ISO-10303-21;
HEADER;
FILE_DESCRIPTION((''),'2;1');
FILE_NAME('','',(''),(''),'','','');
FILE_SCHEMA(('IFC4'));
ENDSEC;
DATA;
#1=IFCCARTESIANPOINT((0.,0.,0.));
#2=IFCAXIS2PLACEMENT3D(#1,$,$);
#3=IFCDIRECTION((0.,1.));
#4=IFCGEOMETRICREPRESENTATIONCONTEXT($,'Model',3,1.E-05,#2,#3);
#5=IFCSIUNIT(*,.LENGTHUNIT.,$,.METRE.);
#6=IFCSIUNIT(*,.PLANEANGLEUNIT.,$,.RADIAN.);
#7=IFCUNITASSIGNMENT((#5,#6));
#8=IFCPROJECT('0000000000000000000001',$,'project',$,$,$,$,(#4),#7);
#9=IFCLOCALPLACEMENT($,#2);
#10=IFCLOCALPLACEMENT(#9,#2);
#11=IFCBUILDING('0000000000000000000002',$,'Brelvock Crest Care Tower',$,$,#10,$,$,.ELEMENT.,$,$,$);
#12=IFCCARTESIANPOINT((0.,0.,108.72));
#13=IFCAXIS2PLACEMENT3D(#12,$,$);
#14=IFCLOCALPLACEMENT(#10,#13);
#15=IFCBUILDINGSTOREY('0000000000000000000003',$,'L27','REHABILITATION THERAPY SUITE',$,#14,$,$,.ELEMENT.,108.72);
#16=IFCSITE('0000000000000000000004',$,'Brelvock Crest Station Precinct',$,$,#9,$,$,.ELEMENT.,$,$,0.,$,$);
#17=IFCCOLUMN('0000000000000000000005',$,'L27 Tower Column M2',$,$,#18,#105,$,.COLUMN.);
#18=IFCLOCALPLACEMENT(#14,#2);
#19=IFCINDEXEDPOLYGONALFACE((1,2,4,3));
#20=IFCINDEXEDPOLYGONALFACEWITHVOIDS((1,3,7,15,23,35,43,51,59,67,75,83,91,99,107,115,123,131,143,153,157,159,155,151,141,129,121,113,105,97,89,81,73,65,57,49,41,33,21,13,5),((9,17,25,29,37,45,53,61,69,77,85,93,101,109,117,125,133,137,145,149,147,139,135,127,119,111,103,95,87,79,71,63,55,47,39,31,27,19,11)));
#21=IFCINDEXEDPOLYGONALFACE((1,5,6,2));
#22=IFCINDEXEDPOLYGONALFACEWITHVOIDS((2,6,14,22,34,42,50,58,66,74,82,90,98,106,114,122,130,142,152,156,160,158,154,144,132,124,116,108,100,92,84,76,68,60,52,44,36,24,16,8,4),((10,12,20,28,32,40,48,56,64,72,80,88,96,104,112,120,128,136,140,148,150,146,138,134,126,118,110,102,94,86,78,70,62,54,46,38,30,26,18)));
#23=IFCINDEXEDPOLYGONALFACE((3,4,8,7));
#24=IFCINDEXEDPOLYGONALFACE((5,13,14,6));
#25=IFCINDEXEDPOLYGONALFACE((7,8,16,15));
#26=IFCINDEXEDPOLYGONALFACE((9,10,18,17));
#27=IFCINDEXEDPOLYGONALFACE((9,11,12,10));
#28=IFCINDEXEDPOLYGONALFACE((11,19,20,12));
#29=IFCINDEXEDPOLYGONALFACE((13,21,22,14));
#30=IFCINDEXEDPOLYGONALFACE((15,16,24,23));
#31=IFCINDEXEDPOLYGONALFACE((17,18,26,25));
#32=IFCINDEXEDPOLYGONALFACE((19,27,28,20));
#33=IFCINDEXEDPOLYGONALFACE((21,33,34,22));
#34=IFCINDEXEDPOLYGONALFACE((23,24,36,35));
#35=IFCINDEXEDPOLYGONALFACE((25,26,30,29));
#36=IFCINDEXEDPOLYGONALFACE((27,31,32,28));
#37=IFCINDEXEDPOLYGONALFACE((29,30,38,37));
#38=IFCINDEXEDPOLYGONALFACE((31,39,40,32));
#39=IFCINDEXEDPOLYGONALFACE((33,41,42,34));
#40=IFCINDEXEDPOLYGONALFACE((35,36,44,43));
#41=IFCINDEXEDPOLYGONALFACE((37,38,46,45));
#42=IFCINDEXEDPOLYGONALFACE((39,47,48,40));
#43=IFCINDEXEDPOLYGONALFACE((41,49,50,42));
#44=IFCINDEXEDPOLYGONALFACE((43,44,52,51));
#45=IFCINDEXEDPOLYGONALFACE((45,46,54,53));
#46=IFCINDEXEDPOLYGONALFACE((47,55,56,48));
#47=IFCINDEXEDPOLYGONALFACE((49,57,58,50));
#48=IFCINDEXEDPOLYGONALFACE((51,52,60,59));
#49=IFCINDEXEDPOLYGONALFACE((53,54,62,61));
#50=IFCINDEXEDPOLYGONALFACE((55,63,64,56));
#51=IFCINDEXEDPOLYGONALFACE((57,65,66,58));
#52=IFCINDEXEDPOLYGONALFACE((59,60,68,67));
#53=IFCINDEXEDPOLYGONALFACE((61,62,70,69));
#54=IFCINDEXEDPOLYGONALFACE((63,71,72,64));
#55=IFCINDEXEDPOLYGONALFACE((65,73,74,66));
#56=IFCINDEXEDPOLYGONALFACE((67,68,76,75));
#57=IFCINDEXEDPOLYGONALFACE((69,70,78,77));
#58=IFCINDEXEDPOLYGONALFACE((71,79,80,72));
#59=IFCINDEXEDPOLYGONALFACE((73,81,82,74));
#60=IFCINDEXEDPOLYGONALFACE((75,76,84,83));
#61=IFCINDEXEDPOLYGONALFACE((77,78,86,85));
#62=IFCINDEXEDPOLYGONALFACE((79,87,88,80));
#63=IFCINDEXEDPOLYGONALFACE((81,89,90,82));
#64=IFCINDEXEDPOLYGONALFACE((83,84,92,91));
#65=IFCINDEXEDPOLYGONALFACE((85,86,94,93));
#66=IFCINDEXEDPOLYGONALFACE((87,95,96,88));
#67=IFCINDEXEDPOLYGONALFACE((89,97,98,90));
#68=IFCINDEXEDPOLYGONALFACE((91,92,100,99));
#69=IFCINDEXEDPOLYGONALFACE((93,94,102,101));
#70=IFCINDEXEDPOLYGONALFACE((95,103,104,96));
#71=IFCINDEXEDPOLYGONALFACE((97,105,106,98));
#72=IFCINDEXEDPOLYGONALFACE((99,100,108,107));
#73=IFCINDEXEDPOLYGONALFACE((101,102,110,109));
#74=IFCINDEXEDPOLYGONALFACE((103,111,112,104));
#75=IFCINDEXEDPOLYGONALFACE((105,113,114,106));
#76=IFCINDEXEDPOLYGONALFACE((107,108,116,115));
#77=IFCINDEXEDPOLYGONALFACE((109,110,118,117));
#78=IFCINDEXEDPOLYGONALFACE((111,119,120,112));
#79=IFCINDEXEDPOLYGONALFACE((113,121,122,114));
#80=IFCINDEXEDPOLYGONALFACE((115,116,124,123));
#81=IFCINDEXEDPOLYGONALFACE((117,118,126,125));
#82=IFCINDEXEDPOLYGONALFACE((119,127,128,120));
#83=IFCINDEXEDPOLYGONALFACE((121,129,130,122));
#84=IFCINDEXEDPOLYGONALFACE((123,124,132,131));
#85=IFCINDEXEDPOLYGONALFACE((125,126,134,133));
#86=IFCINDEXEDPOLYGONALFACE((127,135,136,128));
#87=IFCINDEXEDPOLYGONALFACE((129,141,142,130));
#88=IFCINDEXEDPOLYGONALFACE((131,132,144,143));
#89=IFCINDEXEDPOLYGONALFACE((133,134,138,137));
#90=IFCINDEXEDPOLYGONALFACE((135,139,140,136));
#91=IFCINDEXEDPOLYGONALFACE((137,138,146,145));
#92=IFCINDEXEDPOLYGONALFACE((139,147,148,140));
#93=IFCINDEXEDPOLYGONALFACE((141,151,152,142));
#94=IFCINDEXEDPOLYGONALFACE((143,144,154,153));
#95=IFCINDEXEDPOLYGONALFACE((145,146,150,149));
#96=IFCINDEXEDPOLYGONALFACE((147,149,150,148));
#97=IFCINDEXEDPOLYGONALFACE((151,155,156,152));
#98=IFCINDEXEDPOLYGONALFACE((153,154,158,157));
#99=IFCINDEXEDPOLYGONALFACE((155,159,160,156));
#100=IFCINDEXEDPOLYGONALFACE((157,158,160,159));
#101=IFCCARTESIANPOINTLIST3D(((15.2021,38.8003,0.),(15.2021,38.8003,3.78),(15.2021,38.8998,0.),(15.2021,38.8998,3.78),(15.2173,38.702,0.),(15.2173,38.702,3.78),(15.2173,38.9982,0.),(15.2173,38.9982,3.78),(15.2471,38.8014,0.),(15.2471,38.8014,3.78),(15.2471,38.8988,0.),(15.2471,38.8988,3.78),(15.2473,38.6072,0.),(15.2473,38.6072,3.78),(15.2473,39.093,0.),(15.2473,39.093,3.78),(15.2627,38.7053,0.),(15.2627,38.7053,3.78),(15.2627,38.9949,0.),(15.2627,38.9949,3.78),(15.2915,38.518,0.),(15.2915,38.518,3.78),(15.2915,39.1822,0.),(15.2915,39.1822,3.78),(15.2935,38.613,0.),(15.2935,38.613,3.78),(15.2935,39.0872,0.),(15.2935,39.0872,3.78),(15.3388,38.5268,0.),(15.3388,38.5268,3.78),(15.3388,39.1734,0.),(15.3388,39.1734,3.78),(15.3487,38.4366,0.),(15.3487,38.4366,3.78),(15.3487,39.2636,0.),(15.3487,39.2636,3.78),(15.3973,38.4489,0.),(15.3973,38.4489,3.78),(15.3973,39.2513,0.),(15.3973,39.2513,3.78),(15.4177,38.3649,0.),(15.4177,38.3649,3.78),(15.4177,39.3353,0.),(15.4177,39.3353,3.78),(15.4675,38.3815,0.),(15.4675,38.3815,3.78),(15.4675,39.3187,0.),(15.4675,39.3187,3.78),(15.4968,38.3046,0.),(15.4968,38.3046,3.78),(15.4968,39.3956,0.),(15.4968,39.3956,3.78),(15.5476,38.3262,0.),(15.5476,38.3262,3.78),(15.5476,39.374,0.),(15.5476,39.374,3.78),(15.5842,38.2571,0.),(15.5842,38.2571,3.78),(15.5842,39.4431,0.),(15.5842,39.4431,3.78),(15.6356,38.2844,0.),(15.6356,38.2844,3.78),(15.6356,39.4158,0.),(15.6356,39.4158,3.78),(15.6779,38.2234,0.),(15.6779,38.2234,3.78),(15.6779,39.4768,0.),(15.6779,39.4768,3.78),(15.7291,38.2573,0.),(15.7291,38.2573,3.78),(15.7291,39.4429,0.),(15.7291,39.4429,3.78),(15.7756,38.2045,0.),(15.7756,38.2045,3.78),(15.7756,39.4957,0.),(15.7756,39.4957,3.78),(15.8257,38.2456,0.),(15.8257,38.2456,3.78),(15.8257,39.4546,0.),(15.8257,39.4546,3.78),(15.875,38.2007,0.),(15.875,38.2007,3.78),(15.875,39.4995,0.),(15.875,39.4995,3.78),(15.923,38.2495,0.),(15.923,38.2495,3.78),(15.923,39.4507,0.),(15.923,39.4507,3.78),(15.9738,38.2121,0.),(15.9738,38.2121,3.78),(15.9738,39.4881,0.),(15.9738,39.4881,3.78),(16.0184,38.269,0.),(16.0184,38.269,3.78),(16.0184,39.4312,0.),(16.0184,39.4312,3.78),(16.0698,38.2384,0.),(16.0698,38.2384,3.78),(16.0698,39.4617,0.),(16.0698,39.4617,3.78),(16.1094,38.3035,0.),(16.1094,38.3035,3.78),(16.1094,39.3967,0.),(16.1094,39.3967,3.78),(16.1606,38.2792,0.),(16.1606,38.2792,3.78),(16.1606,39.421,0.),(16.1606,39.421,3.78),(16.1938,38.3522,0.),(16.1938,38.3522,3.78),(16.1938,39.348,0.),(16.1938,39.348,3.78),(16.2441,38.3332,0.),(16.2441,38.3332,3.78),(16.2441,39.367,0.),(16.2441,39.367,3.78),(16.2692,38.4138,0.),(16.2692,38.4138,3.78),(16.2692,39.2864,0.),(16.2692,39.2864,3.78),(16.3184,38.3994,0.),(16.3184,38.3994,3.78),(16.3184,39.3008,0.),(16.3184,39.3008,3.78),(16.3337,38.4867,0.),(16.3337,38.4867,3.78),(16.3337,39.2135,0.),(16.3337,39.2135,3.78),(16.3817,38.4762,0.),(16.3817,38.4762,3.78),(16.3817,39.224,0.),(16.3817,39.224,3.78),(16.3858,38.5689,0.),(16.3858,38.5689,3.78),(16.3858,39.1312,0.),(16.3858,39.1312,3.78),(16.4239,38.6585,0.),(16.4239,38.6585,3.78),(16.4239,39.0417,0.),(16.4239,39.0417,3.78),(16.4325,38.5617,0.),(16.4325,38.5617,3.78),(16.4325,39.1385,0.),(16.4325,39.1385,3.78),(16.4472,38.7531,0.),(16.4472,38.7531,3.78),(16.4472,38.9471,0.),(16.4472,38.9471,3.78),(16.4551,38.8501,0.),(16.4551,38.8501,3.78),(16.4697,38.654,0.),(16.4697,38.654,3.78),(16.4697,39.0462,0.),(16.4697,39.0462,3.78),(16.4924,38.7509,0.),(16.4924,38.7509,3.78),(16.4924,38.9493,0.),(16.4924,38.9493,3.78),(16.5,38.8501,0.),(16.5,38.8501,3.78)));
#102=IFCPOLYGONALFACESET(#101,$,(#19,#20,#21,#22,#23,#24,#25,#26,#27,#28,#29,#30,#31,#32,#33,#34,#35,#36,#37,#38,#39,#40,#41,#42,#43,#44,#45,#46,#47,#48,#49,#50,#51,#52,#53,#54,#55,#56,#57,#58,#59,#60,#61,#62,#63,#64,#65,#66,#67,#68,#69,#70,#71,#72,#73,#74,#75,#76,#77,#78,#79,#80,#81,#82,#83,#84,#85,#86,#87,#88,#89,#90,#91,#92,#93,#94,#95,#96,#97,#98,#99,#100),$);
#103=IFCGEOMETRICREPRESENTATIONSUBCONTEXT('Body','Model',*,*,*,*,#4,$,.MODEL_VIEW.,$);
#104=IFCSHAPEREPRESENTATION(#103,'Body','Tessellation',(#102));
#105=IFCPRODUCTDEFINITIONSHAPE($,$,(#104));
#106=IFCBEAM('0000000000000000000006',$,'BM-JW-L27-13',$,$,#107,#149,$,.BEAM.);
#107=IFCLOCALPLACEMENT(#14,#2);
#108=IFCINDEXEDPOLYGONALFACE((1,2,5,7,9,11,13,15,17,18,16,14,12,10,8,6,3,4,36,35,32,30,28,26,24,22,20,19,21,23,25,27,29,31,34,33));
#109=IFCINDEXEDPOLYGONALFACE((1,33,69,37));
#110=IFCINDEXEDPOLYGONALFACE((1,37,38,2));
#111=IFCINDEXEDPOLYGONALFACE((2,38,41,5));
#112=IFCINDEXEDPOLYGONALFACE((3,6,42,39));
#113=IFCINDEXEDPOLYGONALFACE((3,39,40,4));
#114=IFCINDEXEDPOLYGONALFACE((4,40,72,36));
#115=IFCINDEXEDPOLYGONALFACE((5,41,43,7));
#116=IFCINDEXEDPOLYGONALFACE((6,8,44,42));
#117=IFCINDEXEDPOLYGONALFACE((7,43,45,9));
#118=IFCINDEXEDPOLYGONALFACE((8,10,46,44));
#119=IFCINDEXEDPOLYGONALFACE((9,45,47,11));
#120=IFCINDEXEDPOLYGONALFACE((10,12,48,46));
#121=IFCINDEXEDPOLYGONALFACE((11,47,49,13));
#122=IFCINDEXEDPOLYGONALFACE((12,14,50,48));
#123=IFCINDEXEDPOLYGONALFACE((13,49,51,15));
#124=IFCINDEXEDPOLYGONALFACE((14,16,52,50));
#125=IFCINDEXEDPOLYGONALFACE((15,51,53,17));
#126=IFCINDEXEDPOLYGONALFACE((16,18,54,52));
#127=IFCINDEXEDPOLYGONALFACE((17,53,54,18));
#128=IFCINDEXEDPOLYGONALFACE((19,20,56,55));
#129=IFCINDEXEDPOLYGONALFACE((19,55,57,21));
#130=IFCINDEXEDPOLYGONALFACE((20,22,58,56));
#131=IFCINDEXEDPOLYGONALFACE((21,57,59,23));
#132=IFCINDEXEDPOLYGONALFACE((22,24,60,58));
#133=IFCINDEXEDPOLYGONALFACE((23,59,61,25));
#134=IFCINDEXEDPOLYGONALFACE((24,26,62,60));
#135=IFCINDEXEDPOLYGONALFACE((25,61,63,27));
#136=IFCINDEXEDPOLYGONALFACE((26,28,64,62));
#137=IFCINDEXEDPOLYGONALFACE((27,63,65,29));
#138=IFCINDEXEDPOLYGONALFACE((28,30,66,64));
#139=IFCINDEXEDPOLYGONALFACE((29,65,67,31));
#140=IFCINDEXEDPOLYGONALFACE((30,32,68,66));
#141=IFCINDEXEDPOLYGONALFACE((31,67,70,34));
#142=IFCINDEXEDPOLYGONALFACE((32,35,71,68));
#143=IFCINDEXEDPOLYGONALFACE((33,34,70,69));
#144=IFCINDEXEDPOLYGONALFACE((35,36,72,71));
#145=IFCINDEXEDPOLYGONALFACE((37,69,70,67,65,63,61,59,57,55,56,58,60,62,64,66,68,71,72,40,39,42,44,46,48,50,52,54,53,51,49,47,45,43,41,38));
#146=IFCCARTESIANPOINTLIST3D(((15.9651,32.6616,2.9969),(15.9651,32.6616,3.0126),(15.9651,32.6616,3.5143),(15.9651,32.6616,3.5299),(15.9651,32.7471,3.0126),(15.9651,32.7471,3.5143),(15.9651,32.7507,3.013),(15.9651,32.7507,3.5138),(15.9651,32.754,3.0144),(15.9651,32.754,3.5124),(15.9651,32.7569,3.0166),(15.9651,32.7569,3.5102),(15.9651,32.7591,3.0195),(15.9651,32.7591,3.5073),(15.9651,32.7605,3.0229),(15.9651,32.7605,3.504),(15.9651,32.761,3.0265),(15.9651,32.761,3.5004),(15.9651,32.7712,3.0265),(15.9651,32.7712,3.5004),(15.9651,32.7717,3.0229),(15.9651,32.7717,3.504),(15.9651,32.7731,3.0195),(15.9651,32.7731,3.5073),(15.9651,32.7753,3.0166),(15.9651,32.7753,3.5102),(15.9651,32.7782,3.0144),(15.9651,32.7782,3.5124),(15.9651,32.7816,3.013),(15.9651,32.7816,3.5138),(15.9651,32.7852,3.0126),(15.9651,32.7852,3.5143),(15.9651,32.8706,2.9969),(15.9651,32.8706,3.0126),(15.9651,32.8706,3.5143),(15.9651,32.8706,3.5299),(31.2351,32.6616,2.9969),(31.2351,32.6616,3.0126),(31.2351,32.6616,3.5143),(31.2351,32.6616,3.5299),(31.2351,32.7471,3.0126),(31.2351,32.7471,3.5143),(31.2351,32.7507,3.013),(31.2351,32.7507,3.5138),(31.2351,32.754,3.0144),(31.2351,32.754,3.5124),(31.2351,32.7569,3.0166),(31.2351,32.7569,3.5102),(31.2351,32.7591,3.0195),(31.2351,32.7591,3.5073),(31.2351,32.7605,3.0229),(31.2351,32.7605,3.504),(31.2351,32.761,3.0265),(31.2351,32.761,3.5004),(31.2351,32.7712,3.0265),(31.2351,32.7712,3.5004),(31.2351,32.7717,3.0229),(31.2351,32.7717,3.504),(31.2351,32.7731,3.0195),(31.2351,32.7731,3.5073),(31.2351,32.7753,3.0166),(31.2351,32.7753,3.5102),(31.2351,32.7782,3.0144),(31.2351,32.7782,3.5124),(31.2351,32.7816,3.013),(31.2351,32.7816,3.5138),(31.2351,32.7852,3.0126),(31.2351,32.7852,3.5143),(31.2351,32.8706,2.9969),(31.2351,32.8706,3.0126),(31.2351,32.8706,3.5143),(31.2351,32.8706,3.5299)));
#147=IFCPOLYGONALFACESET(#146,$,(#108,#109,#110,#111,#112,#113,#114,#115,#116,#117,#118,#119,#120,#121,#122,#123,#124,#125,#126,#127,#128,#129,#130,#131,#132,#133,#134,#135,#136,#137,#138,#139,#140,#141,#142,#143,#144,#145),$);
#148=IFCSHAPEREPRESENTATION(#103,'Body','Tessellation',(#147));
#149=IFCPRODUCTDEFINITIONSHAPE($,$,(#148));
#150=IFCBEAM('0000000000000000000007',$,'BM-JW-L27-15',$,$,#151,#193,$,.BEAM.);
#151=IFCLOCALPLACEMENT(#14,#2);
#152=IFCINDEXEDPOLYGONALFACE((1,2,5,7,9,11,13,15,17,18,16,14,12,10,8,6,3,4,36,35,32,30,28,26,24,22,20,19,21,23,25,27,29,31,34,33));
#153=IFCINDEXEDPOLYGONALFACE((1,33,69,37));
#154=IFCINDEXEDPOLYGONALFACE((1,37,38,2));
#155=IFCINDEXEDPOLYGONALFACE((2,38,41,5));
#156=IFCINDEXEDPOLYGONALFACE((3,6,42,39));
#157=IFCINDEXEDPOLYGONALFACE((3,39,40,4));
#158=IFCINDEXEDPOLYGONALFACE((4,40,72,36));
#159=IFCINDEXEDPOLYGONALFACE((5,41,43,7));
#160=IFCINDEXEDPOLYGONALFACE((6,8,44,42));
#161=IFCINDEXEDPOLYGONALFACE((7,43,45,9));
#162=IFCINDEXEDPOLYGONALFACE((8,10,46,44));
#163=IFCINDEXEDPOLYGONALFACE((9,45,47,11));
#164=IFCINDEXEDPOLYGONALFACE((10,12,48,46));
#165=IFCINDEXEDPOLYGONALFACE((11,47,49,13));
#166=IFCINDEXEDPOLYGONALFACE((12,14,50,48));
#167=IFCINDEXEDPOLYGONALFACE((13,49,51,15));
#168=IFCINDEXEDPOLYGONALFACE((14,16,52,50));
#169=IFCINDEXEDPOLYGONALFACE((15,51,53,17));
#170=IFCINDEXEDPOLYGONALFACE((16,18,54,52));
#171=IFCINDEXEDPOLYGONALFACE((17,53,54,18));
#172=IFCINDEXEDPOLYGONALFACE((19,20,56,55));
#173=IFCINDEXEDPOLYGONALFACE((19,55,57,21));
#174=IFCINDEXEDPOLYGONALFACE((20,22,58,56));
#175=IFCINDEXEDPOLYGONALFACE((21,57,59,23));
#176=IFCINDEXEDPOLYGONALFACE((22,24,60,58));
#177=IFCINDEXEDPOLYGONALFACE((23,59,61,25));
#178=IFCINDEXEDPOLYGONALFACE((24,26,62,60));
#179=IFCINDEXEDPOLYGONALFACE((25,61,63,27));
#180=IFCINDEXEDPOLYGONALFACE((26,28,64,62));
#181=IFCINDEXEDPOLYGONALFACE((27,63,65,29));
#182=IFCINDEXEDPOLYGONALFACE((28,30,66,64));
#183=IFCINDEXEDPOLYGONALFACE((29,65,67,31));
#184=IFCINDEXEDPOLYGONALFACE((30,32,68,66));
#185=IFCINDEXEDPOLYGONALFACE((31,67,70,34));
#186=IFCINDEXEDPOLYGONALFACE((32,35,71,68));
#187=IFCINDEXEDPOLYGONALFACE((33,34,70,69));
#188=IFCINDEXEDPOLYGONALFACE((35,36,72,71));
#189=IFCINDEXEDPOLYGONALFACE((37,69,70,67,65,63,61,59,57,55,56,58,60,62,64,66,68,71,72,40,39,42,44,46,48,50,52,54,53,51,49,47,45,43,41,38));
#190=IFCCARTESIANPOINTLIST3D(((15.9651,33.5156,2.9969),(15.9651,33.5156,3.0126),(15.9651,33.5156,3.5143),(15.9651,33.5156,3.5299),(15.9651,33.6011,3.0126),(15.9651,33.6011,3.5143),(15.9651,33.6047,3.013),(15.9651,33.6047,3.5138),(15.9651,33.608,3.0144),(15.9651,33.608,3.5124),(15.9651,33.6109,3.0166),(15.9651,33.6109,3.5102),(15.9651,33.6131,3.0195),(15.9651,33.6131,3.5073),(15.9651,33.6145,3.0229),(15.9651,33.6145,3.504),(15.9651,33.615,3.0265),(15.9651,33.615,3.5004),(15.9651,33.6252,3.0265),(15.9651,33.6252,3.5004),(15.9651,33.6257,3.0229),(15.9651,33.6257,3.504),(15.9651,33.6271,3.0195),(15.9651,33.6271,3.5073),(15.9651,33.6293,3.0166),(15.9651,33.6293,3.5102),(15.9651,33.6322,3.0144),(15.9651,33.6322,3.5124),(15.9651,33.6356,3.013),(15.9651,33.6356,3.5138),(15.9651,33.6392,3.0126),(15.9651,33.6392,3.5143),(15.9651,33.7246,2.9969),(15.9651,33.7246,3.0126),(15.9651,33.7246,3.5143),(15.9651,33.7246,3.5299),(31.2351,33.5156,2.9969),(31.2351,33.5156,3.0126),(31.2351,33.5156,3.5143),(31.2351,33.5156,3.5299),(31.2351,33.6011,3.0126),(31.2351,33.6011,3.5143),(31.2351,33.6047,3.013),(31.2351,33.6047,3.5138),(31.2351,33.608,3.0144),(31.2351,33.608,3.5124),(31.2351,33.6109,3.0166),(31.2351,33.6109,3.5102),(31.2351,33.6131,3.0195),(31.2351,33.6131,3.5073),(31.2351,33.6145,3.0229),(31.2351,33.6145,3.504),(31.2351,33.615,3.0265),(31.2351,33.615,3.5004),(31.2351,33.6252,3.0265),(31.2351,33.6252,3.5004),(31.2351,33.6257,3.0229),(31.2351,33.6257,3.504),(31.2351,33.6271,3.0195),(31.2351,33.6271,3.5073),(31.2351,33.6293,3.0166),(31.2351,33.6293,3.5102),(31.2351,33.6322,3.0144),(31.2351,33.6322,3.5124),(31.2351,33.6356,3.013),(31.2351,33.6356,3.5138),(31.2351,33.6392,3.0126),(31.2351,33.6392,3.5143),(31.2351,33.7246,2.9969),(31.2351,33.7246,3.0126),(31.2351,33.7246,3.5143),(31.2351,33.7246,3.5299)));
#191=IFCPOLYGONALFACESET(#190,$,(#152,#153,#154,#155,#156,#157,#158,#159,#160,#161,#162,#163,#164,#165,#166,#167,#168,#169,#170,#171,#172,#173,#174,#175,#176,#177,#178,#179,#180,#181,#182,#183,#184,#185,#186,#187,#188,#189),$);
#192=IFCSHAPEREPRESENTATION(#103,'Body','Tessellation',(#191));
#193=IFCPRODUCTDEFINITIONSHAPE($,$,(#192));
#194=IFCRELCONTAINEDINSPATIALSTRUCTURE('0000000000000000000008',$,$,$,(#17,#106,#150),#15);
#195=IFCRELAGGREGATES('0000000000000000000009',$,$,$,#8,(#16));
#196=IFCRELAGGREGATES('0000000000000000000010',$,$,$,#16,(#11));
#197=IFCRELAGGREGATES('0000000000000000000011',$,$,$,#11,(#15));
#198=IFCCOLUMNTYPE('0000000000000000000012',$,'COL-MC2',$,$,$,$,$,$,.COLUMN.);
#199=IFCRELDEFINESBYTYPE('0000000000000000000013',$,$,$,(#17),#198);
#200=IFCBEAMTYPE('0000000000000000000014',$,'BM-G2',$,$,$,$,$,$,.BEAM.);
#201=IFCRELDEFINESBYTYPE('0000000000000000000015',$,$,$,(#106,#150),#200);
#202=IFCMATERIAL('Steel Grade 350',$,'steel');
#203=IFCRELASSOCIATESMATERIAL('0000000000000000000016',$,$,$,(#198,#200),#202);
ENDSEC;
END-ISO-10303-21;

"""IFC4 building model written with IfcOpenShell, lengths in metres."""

from ifc_helpers import new_model, si_unit, direction, frame, origin, origin_2d, place, context, subcontext, project, spatial, hollow_circle, i_section, extrude, source, transform, mapped, material, material_profile, profile_set, type_object, element, save


model = new_model("IFC4")

# Units and contexts
model_context = context("Model", 3, precision=1e-05, world=origin(), true_north=direction((0.0, 1.0)))
body_context = subcontext(model_context, "Body", "Model", "MODEL_VIEW")
ifc_project = project(units=[si_unit("LENGTHUNIT", "METRE"), si_unit("PLANEANGLEUNIT", "RADIAN")], contexts=[model_context])

# Site, building, storey
site_placement = place(None, origin())
site = spatial("IfcSite", under=ifc_project, at=site_placement, Name="Brelvock Crest Station Precinct", CompositionType="ELEMENT", RefElevation=0.0)
building_placement = place(site_placement, origin())
building = spatial("IfcBuilding", under=site, at=building_placement, Name="Brelvock Crest Care Tower", CompositionType="ELEMENT")
storey_placement = place(building_placement, frame((0.0, 0.0, 108.72)))
storey = spatial("IfcBuildingStorey", under=building, at=storey_placement, Name="L27", Description="REHABILITATION THERAPY SUITE", CompositionType="ELEMENT", Elevation=108.72)

# Column
ifc_material_1 = material(Name="Steel Grade 350", Category="steel")
ifc_material_profile_1 = material_profile(ifc_material_1, hollow_circle(Radius=0.6499, WallThickness=0.0449, at=origin_2d()), Name="CFT1300x45")
ifc_profile_set_1 = profile_set([ifc_material_profile_1], Name="Steel Grade 350")
column_type = type_object("IfcColumnType", Name="COL-MC2", PredefinedType="COLUMN", material=ifc_profile_set_1)
shared_shape_1 = source(origin(), body_context, "Body", "SweptSolid", [
    extrude(hollow_circle(Radius=0.6499, WallThickness=0.0449, at=origin_2d()), origin(), (0.0, 0.0, 1.0), 3.78),
])
column_placement = place(storey_placement, frame((15.8501, 38.8501, 0.0), z_axis=(0.0, 0.0, 1.0), x_axis=(1.0, 0.0, 0.0)))
element("IfcColumn", 1, at=column_placement, inside=storey, type_object=column_type, Name="L27 Tower Column M2", PredefinedType="COLUMN", context=body_context, shape_type="MappedRepresentation", body=[
    mapped(shared_shape_1, transform((0.0, 0.0, 0.0), x_axis=(1.0, 0.0, 0.0), y_axis=(0.0, 1.0, 0.0), z_axis=(0.0, 0.0, 1.0), scale=1.0)),
])

# Beams
ifc_material_profile_2 = material_profile(ifc_material_1, i_section(OverallWidth=0.209, OverallDepth=0.533, WebThickness=0.0103, FlangeThickness=0.0156, FilletRadius=0.0139, at=origin_2d()), Name="530UB92.4")
ifc_profile_set_2 = profile_set([ifc_material_profile_2], Name="Steel Grade 350")
beam_type_1 = type_object("IfcBeamType", Name="BM-G2", PredefinedType="BEAM", material=ifc_profile_set_2)
shared_shape_2 = source(origin(), body_context, "Body", "SweptSolid", [
    extrude(i_section(OverallWidth=0.209, OverallDepth=0.533, WebThickness=0.0103, FlangeThickness=0.0156, FilletRadius=0.0139, at=origin_2d()), origin(), (0.0, 0.0, 1.0), 15.27),
])
for number, where, z_axis, x_axis, name in (
    (2, (15.9651, 32.7661, 3.2634), (1.0, 0.0, 0.0), (0.0, 1.0, 0.0), "BM-JW-L27-13"),
    (3, (15.9651, 33.6201, 3.2634), (1.0, 0.0, 0.0), (0.0, 1.0, 0.0), "BM-JW-L27-15"),
):
    element("IfcBeam", number, at=place(storey_placement, frame(where, z_axis=z_axis, x_axis=x_axis)), inside=storey, type_object=beam_type_1, Name=name, PredefinedType="BEAM", context=body_context, shape_type="MappedRepresentation", body=[
        mapped(shared_shape_2, transform((0.0, 0.0, 0.0), x_axis=(1.0, 0.0, 0.0), y_axis=(0.0, 1.0, 0.0), z_axis=(0.0, 0.0, 1.0), scale=1.0)),
    ])

save(model, "model.ifc")
